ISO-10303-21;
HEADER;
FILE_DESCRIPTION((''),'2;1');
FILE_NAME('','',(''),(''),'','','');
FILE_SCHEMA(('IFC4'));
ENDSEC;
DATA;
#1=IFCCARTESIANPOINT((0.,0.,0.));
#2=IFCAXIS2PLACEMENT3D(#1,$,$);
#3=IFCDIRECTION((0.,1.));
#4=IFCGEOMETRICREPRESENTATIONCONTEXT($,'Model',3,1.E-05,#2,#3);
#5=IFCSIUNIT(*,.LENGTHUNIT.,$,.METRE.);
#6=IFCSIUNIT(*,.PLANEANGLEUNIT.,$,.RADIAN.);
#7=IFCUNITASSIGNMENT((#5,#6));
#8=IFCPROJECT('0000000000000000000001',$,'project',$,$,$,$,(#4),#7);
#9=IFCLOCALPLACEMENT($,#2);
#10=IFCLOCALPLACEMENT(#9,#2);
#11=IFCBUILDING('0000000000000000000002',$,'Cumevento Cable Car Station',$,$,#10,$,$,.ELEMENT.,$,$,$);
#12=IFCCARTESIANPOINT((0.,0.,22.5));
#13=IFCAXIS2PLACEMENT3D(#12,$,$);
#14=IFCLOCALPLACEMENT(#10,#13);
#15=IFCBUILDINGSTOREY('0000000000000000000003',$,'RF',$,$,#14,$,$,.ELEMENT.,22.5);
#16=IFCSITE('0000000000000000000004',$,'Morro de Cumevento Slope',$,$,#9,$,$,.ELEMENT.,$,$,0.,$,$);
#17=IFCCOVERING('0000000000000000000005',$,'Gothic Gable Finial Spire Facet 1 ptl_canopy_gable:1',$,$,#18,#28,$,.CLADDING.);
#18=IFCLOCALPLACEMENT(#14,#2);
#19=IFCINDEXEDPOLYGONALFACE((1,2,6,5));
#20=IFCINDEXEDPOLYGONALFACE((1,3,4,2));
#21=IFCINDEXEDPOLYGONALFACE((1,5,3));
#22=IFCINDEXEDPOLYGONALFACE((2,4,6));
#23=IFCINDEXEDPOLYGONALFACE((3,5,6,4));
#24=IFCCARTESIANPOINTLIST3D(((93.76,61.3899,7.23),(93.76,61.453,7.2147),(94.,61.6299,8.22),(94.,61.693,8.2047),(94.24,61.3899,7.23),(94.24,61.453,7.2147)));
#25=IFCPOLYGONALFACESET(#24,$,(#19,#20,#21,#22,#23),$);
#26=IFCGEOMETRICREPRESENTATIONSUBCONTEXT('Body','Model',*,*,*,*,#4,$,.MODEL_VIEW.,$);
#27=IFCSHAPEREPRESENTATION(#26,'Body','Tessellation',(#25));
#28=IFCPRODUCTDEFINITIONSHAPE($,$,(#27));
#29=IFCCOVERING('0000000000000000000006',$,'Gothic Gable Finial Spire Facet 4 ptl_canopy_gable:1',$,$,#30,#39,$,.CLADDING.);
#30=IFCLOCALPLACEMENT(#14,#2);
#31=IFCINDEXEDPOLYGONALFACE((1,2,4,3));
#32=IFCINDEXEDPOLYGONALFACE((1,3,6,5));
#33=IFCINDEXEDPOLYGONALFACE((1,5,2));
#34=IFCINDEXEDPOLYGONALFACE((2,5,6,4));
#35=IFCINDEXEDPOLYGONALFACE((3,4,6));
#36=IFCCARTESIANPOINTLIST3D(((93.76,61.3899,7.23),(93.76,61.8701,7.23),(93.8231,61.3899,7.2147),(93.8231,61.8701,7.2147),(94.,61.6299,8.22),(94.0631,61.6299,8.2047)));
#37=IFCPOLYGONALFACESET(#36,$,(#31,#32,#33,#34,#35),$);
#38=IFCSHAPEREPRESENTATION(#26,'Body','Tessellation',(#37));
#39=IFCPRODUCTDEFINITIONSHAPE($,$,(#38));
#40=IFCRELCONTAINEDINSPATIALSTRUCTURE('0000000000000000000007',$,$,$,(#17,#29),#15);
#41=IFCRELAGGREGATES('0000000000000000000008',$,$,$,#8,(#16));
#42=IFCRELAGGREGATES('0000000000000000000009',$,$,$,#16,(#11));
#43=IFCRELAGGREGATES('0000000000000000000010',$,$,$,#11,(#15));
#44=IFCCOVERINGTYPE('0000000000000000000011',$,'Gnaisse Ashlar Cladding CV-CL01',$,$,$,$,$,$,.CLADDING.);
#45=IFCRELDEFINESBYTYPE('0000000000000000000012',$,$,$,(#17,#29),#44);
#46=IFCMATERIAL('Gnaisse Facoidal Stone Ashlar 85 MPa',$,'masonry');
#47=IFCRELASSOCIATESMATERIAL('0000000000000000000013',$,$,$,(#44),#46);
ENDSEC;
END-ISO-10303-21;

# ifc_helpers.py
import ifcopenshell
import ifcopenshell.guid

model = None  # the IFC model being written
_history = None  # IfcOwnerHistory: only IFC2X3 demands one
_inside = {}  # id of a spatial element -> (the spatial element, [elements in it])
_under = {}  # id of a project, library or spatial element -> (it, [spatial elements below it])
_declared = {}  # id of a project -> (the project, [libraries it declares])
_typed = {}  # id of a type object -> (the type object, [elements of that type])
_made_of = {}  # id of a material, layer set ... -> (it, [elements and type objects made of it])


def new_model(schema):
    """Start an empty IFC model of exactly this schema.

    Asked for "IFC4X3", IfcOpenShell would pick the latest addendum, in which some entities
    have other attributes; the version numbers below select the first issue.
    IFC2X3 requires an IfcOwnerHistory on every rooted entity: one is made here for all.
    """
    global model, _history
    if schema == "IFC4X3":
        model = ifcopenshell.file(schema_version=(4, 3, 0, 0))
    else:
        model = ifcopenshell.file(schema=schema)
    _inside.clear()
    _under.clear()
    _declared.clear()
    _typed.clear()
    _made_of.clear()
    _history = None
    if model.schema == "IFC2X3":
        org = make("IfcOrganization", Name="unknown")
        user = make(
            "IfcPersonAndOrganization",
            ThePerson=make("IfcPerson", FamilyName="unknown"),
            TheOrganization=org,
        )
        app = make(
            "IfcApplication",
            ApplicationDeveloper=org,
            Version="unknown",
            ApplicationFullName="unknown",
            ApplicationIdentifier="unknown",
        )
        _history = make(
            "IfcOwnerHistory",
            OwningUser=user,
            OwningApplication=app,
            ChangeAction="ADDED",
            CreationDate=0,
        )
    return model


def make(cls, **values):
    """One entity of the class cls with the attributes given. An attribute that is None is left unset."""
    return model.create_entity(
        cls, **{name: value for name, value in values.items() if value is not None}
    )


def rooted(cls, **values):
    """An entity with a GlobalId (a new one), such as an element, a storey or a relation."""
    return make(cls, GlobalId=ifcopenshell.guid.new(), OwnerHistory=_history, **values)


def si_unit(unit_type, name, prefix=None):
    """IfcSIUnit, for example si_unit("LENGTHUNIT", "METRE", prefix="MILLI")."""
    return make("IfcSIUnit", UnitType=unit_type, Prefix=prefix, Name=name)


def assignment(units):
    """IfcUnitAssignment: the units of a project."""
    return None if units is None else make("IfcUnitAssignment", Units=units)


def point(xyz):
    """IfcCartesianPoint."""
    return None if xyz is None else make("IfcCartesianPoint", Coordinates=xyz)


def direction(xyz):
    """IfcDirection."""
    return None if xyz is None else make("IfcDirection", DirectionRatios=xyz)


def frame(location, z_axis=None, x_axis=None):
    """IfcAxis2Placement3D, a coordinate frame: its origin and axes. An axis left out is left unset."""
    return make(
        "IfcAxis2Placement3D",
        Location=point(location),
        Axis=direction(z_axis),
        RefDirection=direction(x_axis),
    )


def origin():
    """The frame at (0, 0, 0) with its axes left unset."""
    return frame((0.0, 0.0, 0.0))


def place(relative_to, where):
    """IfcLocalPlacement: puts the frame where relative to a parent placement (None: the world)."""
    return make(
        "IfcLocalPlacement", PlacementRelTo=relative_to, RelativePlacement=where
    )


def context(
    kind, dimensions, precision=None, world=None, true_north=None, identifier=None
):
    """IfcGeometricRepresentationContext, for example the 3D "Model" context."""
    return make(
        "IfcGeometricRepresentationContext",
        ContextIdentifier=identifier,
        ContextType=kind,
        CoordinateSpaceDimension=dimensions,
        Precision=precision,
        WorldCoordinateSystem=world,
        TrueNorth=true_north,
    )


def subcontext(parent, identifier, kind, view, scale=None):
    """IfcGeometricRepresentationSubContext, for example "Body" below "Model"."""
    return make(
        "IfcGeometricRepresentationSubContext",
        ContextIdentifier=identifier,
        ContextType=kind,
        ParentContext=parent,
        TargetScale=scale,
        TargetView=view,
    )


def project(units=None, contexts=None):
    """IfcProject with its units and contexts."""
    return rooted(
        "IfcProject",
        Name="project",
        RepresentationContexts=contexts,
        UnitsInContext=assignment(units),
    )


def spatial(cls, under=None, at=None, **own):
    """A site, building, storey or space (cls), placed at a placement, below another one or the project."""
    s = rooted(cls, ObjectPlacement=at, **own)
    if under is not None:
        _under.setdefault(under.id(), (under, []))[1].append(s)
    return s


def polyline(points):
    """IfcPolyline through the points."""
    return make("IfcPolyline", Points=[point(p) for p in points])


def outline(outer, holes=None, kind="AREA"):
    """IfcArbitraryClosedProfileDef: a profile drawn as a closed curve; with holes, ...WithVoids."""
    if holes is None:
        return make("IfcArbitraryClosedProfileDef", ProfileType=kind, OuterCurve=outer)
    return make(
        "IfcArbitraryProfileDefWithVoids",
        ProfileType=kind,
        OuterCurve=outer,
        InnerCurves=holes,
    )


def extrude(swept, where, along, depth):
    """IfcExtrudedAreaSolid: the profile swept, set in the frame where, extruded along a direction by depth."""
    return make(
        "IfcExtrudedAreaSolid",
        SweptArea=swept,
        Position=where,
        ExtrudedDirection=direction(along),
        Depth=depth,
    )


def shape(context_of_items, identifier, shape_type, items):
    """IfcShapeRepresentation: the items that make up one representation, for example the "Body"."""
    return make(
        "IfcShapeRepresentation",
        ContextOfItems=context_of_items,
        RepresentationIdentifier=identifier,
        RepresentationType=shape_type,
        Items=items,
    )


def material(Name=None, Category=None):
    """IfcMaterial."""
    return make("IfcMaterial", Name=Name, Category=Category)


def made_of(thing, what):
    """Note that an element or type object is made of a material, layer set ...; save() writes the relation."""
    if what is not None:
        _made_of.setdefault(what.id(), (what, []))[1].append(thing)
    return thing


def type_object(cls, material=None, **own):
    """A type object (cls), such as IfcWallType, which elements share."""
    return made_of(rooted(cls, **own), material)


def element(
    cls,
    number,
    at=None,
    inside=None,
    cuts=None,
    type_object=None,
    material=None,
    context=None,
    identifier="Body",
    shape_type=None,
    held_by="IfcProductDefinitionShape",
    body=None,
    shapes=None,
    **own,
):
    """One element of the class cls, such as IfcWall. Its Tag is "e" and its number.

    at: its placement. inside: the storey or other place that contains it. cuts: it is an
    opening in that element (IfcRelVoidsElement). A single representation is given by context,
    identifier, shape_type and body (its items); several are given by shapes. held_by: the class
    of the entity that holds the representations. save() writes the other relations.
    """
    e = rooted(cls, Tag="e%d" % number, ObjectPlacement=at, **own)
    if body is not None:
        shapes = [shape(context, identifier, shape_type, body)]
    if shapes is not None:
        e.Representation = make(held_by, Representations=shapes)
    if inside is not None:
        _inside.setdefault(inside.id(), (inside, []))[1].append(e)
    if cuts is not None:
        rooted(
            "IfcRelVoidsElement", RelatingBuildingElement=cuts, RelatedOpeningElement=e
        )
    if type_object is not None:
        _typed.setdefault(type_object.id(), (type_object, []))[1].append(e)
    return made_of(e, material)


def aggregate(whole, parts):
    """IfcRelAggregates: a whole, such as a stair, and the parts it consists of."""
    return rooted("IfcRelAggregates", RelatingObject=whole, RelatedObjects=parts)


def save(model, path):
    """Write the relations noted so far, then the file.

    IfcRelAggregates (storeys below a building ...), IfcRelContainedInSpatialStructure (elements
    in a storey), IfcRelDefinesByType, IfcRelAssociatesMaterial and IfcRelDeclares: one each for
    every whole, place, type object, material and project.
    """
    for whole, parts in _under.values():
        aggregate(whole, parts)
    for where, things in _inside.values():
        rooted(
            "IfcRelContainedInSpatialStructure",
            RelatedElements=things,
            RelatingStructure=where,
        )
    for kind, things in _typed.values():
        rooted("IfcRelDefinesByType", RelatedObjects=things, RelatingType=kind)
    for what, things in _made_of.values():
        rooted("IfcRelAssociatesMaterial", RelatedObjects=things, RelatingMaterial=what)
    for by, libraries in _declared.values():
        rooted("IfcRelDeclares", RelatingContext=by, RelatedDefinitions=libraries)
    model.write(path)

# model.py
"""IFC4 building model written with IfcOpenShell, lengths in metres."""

from ifc_helpers import new_model, si_unit, direction, frame, origin, place, context, subcontext, project, spatial, polyline, outline, extrude, material, type_object, element, save


model = new_model("IFC4")

# Units and contexts
model_context = context("Model", 3, precision=1e-05, world=origin(), true_north=direction((0.0, 1.0)))
body_context = subcontext(model_context, "Body", "Model", "MODEL_VIEW")
ifc_project = project(units=[si_unit("LENGTHUNIT", "METRE"), si_unit("PLANEANGLEUNIT", "RADIAN")], contexts=[model_context])

# Site, building, storey
site_placement = place(None, origin())
site = spatial("IfcSite", under=ifc_project, at=site_placement, Name="Morro de Cumevento Slope", CompositionType="ELEMENT", RefElevation=0.0)
building_placement = place(site_placement, origin())
building = spatial("IfcBuilding", under=site, at=building_placement, Name="Cumevento Cable Car Station", CompositionType="ELEMENT")
storey_placement = place(building_placement, frame((0.0, 0.0, 22.5)))
storey = spatial("IfcBuildingStorey", under=building, at=storey_placement, Name="RF", CompositionType="ELEMENT", Elevation=22.5)

# Coverings
ifc_material_1 = material(Name="Gnaisse Facoidal Stone Ashlar 85 MPa", Category="masonry")
covering_type_1 = type_object("IfcCoveringType", Name="Gnaisse Ashlar Cladding CV-CL01", PredefinedType="CLADDING", material=ifc_material_1)
covering_1_placement = place(storey_placement, frame((93.76, 61.3899, 7.23), z_axis=(0.0, -0.971852, 0.235593), x_axis=(1.0, 0.0, 0.0)))
element("IfcCovering", 1, at=covering_1_placement, inside=storey, type_object=covering_type_1, Name="Gothic Gable Finial Spire Facet 1 ptl_canopy_gable:1", PredefinedType="CLADDING", context=body_context, shape_type="SweptSolid", body=[
    extrude(outline(polyline([(0.0, 0.0), (0.48, 0.0), (0.24, 1.0187), (0.0, 0.0)])), origin(), (0.0, 0.0, -1.0), 0.0649),
])
covering_2_placement = place(storey_placement, frame((93.76, 61.8701, 7.23), z_axis=(-0.971852, 0.0, 0.235593), x_axis=(0.0, -1.0, 0.0)))
element("IfcCovering", 2, at=covering_2_placement, inside=storey, type_object=covering_type_1, Name="Gothic Gable Finial Spire Facet 4 ptl_canopy_gable:1", PredefinedType="CLADDING", context=body_context, shape_type="SweptSolid", body=[
    extrude(outline(polyline([(0.0, 0.0), (0.4802, 0.0), (0.2402, 1.0187), (0.0, 0.0)])), origin(), (0.0, 0.0, -1.0), 0.0649),
])

save(model, "model.ifc")
